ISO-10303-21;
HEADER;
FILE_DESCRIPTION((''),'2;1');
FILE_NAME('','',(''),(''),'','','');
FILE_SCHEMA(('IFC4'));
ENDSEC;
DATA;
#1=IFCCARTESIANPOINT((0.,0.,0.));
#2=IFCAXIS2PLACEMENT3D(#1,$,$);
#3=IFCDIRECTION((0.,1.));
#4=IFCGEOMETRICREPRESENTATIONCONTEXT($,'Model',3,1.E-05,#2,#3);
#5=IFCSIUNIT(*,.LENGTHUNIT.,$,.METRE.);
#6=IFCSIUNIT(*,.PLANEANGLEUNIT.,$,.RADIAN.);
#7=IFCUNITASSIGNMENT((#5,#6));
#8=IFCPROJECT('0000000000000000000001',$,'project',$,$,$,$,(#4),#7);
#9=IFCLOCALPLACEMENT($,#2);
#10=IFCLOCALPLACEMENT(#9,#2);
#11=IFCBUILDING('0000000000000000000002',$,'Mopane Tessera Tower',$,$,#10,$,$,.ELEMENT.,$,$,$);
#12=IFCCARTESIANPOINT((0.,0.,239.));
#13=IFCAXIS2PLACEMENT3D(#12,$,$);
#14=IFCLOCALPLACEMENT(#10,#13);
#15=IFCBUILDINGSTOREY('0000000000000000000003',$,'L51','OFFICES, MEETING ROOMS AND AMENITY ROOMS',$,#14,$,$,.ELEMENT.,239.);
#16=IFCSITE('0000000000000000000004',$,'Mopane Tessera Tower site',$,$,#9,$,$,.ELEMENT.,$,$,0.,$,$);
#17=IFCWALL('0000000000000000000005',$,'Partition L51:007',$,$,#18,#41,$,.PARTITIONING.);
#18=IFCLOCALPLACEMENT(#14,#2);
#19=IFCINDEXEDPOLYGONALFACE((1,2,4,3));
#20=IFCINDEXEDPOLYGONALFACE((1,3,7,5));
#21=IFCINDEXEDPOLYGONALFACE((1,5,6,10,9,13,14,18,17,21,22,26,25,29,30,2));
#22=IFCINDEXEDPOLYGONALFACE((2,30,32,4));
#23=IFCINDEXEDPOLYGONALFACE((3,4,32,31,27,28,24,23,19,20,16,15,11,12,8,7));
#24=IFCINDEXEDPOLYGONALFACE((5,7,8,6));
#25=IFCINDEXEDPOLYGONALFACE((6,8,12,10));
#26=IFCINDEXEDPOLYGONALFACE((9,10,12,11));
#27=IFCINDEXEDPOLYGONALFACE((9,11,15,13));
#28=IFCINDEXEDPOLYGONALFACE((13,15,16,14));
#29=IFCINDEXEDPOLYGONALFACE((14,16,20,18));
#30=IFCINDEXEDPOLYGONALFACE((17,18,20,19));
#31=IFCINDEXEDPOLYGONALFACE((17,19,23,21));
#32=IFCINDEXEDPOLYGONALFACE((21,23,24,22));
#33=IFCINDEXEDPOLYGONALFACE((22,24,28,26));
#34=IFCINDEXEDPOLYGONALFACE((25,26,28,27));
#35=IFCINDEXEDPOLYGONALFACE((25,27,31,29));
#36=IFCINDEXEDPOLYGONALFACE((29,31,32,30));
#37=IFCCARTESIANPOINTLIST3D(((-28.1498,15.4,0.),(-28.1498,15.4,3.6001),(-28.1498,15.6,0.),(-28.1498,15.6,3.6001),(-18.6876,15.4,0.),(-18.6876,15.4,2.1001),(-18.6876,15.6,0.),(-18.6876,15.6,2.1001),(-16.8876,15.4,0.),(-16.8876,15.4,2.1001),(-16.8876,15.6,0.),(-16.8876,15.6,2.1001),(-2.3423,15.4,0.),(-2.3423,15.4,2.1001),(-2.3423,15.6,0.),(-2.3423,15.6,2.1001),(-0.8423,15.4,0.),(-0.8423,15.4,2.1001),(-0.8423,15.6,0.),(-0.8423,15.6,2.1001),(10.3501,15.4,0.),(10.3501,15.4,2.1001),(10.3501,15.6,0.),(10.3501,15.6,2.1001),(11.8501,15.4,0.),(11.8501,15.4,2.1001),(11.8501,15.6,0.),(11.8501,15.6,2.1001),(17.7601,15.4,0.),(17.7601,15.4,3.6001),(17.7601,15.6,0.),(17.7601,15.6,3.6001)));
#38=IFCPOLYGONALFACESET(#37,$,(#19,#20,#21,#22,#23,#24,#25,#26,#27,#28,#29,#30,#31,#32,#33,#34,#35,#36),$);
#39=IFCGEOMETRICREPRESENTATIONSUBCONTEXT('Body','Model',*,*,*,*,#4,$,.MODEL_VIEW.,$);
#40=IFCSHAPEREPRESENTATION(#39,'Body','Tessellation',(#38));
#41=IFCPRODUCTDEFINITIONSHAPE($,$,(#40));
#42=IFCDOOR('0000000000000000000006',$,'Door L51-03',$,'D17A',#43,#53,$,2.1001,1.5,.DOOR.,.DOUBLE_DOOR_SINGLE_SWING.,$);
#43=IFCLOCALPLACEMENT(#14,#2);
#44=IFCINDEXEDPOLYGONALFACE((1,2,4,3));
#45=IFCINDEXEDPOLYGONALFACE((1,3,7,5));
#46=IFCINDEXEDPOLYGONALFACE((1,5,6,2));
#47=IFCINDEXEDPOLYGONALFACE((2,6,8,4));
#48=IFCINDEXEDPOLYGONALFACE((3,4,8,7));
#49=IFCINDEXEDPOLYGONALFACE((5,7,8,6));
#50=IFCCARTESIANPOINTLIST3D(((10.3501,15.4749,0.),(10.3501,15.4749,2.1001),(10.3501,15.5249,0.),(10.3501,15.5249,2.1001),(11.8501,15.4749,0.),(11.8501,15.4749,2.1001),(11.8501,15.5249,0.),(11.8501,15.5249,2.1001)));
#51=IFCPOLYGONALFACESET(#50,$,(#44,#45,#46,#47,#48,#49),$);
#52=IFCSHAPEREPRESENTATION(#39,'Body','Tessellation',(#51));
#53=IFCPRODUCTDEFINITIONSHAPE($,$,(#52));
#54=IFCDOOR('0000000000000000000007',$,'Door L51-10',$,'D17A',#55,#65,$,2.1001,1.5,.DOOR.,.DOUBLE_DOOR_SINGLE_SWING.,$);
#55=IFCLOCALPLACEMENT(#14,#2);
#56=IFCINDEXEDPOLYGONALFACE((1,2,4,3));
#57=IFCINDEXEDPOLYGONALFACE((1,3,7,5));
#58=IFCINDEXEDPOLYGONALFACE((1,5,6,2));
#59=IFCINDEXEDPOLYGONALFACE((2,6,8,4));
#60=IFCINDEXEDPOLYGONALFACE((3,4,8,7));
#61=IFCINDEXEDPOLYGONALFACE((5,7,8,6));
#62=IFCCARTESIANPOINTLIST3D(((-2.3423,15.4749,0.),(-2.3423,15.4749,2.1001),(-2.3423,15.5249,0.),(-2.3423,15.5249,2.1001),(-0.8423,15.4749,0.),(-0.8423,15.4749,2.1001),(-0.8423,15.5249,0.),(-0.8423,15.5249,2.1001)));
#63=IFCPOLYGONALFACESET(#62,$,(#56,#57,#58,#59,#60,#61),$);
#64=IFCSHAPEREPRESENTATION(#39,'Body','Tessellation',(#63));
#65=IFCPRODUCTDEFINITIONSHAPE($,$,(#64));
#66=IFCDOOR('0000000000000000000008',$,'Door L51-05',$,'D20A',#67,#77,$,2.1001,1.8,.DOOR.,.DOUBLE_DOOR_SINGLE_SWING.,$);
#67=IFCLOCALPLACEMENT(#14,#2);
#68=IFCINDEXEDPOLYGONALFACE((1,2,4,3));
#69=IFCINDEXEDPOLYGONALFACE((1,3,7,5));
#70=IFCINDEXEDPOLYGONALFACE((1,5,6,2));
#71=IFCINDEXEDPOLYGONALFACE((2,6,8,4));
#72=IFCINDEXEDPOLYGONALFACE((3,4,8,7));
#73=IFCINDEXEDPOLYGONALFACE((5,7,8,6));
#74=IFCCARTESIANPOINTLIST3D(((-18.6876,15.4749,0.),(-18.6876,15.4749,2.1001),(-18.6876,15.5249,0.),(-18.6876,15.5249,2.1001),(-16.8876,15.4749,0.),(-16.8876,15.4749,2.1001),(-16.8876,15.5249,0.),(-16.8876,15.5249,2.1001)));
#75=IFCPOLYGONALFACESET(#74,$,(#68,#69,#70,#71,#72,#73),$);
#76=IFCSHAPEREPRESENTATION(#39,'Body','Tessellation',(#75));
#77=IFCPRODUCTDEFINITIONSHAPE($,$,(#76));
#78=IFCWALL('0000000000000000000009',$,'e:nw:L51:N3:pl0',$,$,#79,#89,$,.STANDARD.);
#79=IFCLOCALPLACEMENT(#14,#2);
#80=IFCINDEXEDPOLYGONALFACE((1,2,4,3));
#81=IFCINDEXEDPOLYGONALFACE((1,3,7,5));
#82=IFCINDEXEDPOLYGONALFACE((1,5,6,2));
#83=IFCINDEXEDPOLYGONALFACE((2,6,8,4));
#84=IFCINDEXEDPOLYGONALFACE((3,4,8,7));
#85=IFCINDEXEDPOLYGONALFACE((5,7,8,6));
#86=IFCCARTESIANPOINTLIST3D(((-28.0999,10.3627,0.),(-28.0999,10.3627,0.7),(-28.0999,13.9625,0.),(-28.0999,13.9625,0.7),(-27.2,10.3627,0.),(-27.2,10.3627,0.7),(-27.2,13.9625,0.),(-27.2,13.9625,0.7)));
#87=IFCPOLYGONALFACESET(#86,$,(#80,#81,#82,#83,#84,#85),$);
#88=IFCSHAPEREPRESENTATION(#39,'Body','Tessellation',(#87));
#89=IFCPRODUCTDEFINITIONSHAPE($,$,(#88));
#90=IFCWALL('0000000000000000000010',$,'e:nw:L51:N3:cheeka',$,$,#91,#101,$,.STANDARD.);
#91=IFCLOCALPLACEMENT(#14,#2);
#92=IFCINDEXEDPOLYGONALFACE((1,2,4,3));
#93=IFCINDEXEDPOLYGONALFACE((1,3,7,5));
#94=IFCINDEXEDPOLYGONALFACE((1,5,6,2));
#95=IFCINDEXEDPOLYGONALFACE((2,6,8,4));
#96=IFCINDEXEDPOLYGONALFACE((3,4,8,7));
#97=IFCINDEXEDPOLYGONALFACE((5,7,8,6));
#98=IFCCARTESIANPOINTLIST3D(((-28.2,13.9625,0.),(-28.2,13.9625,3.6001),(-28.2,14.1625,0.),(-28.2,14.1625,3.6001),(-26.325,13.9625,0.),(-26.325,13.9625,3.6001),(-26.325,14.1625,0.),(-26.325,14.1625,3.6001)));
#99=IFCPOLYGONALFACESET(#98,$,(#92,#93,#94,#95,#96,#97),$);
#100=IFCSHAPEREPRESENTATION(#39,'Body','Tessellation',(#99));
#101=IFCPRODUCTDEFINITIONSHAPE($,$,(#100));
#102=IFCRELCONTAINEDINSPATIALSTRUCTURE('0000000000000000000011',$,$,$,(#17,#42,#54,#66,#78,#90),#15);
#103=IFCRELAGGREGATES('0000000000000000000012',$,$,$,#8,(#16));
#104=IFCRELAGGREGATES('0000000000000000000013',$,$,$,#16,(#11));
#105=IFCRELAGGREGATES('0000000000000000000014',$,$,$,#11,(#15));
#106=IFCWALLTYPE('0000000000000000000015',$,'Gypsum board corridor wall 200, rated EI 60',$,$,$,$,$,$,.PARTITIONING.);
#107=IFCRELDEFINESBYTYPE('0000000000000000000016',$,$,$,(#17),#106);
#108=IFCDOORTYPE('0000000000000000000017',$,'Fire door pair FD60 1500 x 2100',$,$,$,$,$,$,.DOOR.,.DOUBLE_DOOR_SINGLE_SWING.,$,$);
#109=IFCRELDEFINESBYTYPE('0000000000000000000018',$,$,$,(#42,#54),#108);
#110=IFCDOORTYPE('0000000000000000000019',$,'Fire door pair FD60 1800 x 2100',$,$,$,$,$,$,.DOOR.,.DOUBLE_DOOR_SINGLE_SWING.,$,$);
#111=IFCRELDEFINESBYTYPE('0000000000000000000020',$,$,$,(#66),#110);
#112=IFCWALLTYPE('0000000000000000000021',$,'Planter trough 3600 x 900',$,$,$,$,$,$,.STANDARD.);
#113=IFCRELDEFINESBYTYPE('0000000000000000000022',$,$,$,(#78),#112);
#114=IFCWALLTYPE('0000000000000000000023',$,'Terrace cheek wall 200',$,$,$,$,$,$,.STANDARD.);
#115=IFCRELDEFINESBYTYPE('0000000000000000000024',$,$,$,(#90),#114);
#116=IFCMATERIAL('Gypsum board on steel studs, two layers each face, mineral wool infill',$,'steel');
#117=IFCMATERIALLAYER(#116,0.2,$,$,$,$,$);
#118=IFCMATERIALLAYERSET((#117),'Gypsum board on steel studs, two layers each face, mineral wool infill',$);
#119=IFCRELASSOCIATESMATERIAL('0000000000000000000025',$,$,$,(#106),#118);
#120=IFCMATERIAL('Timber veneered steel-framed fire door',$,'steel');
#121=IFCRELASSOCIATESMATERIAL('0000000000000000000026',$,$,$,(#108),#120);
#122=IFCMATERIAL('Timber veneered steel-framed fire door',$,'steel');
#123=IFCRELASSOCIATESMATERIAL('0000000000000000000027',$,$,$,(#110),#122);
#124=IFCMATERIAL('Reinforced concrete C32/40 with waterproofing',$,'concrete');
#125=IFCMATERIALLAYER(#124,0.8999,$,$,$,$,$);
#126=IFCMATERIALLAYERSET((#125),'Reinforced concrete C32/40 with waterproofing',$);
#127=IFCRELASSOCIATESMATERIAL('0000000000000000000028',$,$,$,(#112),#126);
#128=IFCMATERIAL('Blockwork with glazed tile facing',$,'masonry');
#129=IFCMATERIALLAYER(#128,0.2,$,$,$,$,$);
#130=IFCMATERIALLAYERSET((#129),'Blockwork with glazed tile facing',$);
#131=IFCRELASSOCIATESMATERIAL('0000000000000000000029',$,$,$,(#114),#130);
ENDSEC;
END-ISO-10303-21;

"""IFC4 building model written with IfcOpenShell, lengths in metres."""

from ifc_helpers import new_model, si_unit, direction, frame, frame_2d, origin, place, context, subcontext, project, spatial, rectangle, extrude, material, layer, layer_set, type_object, element, fill, save


model = new_model("IFC4")

# Units and contexts
model_context = context("Model", 3, precision=1e-05, world=origin(), true_north=direction((0.0, 1.0)))
body_context = subcontext(model_context, "Body", "Model", "MODEL_VIEW")
ifc_project = project(units=[si_unit("LENGTHUNIT", "METRE"), si_unit("PLANEANGLEUNIT", "RADIAN")], contexts=[model_context])

# Site, building, storey
site_placement = place(None, origin())
site = spatial("IfcSite", under=ifc_project, at=site_placement, Name="Mopane Tessera Tower site", CompositionType="ELEMENT", RefElevation=0.0)
building_placement = place(site_placement, origin())
building = spatial("IfcBuilding", under=site, at=building_placement, Name="Mopane Tessera Tower", CompositionType="ELEMENT")
storey_placement = place(building_placement, frame((0.0, 0.0, 239.0)))
storey = spatial("IfcBuildingStorey", under=building, at=storey_placement, Name="L51", Description="OFFICES, MEETING ROOMS AND AMENITY ROOMS", CompositionType="ELEMENT", Elevation=239.0)

# Wall, openings, doors
ifc_material_1 = material(Name="Gypsum board on steel studs, two layers each face, mineral wool infill", Category="steel")
ifc_layer_1 = layer(ifc_material_1, 0.2)
ifc_layer_set_1 = layer_set([ifc_layer_1], Name="Gypsum board on steel studs, two layers each face, mineral wool infill")
wall_type_1 = type_object("IfcWallType", Name="Gypsum board corridor wall 200, rated EI 60", PredefinedType="PARTITIONING", material=ifc_layer_set_1)
wall_1_placement = place(storey_placement, frame((-28.1499, 15.5, 0.0), z_axis=(0.0, 0.0, 1.0), x_axis=(1.0, 0.0, 0.0)))
wall_1 = element("IfcWall", 1, at=wall_1_placement, inside=storey, type_object=wall_type_1, Name="Partition L51:007", PredefinedType="PARTITIONING", context=body_context, shape_type="SweptSolid", body=[
    extrude(rectangle(XDim=45.9099, YDim=0.2, at=frame_2d((22.9551, 0.0))), origin(), (0.0, 0.0, 1.0), 3.6001),
])
opening_1_placement = place(wall_1_placement, frame((38.5, 0.0, 0.0)))
opening_1 = element("IfcOpeningElement", 2, at=opening_1_placement, cuts=wall_1, PredefinedType="OPENING", context=body_context, shape_type="SweptSolid", body=[
    extrude(rectangle(XDim=1.5, YDim=2.1001, at=frame_2d((0.75, 1.05))), frame((0.0, 0.1121, 0.0), z_axis=(0.0, -1.0, 0.0), x_axis=(1.0, 0.0, 0.0)), (0.0, 0.0, 1.0), 0.2239),
])
opening_2_placement = place(wall_1_placement, frame((9.4624, 0.0, 0.0)))
opening_2 = element("IfcOpeningElement", 3, at=opening_2_placement, cuts=wall_1, PredefinedType="OPENING", context=body_context, shape_type="SweptSolid", body=[
    extrude(rectangle(XDim=1.8, YDim=2.1001, at=frame_2d((0.8999, 1.05))), frame((0.0, 0.1121, 0.0), z_axis=(0.0, -1.0, 0.0), x_axis=(1.0, 0.0, 0.0)), (0.0, 0.0, 1.0), 0.2239),
])
opening_3_placement = place(wall_1_placement, frame((25.8076, 0.0, 0.0)))
opening_3 = element("IfcOpeningElement", 4, at=opening_3_placement, cuts=wall_1, PredefinedType="OPENING", context=body_context, shape_type="SweptSolid", body=[
    extrude(rectangle(XDim=1.5, YDim=2.1001, at=frame_2d((0.75, 1.05))), frame((0.0, 0.1121, 0.0), z_axis=(0.0, -1.0, 0.0), x_axis=(1.0, 0.0, 0.0)), (0.0, 0.0, 1.0), 0.2239),
])
ifc_material_2 = material(Name="Timber veneered steel-framed fire door", Category="steel")
door_type_1 = type_object("IfcDoorType", Name="Fire door pair FD60 1500 x 2100", OperationType="DOUBLE_DOOR_SINGLE_SWING", PredefinedType="DOOR", material=ifc_material_2)
door_1_placement = place(opening_1_placement, origin())
door_1 = element("IfcDoor", 5, at=door_1_placement, inside=storey, type_object=door_type_1, Name="Door L51-03", ObjectType="D17A", OperationType="DOUBLE_DOOR_SINGLE_SWING", OverallHeight=2.1001, OverallWidth=1.5, PredefinedType="DOOR", context=body_context, shape_type="SweptSolid", body=[
    extrude(rectangle(XDim=1.5, YDim=2.1001, at=frame_2d((0.75, 1.05))), frame((0.0, 0.0249, 0.0), z_axis=(0.0, -1.0, 0.0), x_axis=(1.0, 0.0, 0.0)), (0.0, 0.0, 1.0), 0.05),
])
fill(opening_1, door_1)
door_2_placement = place(opening_3_placement, origin())
door_2 = element("IfcDoor", 6, at=door_2_placement, inside=storey, type_object=door_type_1, Name="Door L51-10", ObjectType="D17A", OperationType="DOUBLE_DOOR_SINGLE_SWING", OverallHeight=2.1001, OverallWidth=1.5, PredefinedType="DOOR", context=body_context, shape_type="SweptSolid", body=[
    extrude(rectangle(XDim=1.5, YDim=2.1001, at=frame_2d((0.75, 1.05))), frame((0.0, 0.0249, 0.0), z_axis=(0.0, -1.0, 0.0), x_axis=(1.0, 0.0, 0.0)), (0.0, 0.0, 1.0), 0.05),
])
fill(opening_3, door_2)
ifc_material_3 = material(Name="Timber veneered steel-framed fire door", Category="steel")
door_type_2 = type_object("IfcDoorType", Name="Fire door pair FD60 1800 x 2100", OperationType="DOUBLE_DOOR_SINGLE_SWING", PredefinedType="DOOR", material=ifc_material_3)
door_3_placement = place(opening_2_placement, origin())
door_3 = element("IfcDoor", 7, at=door_3_placement, inside=storey, type_object=door_type_2, Name="Door L51-05", ObjectType="D20A", OperationType="DOUBLE_DOOR_SINGLE_SWING", OverallHeight=2.1001, OverallWidth=1.8, PredefinedType="DOOR", context=body_context, shape_type="SweptSolid", body=[
    extrude(rectangle(XDim=1.8, YDim=2.1001, at=frame_2d((0.8999, 1.05))), frame((0.0, 0.0249, 0.0), z_axis=(0.0, -1.0, 0.0), x_axis=(1.0, 0.0, 0.0)), (0.0, 0.0, 1.0), 0.05),
])
fill(opening_2, door_3)

# Walls
ifc_material_4 = material(Name="Reinforced concrete C32/40 with waterproofing", Category="concrete")
ifc_layer_2 = layer(ifc_material_4, 0.8999)
ifc_layer_set_2 = layer_set([ifc_layer_2], Name="Reinforced concrete C32/40 with waterproofing")
wall_type_2 = type_object("IfcWallType", Name="Planter trough 3600 x 900", PredefinedType="STANDARD", material=ifc_layer_set_2)
wall_2_placement = place(storey_placement, frame((-27.6499, 13.9624, 0.0), z_axis=(0.0, 0.0, 1.0), x_axis=(0.0, -1.0, 0.0)))
element("IfcWall", 8, at=wall_2_placement, inside=storey, type_object=wall_type_2, Name="e:nw:L51:N3:pl0", PredefinedType="STANDARD", context=body_context, shape_type="SweptSolid", body=[
    extrude(rectangle(XDim=3.5999, YDim=0.8999, at=frame_2d((1.7998, 0.0))), origin(), (0.0, 0.0, 1.0), 0.7),
])
ifc_material_5 = material(Name="Blockwork with glazed tile facing", Category="masonry")
ifc_layer_3 = layer(ifc_material_5, 0.2)
ifc_layer_set_3 = layer_set([ifc_layer_3], Name="Blockwork with glazed tile facing")
wall_type_3 = type_object("IfcWallType", Name="Terrace cheek wall 200", PredefinedType="STANDARD", material=ifc_layer_set_3)
wall_3_placement = place(storey_placement, frame((-28.2, 14.0625, 0.0), z_axis=(0.0, 0.0, 1.0), x_axis=(1.0, 0.0, 0.0)))
element("IfcWall", 9, at=wall_3_placement, inside=storey, type_object=wall_type_3, Name="e:nw:L51:N3:cheeka", PredefinedType="STANDARD", context=body_context, shape_type="SweptSolid", body=[
    extrude(rectangle(XDim=1.875, YDim=0.2, at=frame_2d((0.9375, 0.0))), origin(), (0.0, 0.0, 1.0), 3.6001),
])

save(model, "model.ifc")
